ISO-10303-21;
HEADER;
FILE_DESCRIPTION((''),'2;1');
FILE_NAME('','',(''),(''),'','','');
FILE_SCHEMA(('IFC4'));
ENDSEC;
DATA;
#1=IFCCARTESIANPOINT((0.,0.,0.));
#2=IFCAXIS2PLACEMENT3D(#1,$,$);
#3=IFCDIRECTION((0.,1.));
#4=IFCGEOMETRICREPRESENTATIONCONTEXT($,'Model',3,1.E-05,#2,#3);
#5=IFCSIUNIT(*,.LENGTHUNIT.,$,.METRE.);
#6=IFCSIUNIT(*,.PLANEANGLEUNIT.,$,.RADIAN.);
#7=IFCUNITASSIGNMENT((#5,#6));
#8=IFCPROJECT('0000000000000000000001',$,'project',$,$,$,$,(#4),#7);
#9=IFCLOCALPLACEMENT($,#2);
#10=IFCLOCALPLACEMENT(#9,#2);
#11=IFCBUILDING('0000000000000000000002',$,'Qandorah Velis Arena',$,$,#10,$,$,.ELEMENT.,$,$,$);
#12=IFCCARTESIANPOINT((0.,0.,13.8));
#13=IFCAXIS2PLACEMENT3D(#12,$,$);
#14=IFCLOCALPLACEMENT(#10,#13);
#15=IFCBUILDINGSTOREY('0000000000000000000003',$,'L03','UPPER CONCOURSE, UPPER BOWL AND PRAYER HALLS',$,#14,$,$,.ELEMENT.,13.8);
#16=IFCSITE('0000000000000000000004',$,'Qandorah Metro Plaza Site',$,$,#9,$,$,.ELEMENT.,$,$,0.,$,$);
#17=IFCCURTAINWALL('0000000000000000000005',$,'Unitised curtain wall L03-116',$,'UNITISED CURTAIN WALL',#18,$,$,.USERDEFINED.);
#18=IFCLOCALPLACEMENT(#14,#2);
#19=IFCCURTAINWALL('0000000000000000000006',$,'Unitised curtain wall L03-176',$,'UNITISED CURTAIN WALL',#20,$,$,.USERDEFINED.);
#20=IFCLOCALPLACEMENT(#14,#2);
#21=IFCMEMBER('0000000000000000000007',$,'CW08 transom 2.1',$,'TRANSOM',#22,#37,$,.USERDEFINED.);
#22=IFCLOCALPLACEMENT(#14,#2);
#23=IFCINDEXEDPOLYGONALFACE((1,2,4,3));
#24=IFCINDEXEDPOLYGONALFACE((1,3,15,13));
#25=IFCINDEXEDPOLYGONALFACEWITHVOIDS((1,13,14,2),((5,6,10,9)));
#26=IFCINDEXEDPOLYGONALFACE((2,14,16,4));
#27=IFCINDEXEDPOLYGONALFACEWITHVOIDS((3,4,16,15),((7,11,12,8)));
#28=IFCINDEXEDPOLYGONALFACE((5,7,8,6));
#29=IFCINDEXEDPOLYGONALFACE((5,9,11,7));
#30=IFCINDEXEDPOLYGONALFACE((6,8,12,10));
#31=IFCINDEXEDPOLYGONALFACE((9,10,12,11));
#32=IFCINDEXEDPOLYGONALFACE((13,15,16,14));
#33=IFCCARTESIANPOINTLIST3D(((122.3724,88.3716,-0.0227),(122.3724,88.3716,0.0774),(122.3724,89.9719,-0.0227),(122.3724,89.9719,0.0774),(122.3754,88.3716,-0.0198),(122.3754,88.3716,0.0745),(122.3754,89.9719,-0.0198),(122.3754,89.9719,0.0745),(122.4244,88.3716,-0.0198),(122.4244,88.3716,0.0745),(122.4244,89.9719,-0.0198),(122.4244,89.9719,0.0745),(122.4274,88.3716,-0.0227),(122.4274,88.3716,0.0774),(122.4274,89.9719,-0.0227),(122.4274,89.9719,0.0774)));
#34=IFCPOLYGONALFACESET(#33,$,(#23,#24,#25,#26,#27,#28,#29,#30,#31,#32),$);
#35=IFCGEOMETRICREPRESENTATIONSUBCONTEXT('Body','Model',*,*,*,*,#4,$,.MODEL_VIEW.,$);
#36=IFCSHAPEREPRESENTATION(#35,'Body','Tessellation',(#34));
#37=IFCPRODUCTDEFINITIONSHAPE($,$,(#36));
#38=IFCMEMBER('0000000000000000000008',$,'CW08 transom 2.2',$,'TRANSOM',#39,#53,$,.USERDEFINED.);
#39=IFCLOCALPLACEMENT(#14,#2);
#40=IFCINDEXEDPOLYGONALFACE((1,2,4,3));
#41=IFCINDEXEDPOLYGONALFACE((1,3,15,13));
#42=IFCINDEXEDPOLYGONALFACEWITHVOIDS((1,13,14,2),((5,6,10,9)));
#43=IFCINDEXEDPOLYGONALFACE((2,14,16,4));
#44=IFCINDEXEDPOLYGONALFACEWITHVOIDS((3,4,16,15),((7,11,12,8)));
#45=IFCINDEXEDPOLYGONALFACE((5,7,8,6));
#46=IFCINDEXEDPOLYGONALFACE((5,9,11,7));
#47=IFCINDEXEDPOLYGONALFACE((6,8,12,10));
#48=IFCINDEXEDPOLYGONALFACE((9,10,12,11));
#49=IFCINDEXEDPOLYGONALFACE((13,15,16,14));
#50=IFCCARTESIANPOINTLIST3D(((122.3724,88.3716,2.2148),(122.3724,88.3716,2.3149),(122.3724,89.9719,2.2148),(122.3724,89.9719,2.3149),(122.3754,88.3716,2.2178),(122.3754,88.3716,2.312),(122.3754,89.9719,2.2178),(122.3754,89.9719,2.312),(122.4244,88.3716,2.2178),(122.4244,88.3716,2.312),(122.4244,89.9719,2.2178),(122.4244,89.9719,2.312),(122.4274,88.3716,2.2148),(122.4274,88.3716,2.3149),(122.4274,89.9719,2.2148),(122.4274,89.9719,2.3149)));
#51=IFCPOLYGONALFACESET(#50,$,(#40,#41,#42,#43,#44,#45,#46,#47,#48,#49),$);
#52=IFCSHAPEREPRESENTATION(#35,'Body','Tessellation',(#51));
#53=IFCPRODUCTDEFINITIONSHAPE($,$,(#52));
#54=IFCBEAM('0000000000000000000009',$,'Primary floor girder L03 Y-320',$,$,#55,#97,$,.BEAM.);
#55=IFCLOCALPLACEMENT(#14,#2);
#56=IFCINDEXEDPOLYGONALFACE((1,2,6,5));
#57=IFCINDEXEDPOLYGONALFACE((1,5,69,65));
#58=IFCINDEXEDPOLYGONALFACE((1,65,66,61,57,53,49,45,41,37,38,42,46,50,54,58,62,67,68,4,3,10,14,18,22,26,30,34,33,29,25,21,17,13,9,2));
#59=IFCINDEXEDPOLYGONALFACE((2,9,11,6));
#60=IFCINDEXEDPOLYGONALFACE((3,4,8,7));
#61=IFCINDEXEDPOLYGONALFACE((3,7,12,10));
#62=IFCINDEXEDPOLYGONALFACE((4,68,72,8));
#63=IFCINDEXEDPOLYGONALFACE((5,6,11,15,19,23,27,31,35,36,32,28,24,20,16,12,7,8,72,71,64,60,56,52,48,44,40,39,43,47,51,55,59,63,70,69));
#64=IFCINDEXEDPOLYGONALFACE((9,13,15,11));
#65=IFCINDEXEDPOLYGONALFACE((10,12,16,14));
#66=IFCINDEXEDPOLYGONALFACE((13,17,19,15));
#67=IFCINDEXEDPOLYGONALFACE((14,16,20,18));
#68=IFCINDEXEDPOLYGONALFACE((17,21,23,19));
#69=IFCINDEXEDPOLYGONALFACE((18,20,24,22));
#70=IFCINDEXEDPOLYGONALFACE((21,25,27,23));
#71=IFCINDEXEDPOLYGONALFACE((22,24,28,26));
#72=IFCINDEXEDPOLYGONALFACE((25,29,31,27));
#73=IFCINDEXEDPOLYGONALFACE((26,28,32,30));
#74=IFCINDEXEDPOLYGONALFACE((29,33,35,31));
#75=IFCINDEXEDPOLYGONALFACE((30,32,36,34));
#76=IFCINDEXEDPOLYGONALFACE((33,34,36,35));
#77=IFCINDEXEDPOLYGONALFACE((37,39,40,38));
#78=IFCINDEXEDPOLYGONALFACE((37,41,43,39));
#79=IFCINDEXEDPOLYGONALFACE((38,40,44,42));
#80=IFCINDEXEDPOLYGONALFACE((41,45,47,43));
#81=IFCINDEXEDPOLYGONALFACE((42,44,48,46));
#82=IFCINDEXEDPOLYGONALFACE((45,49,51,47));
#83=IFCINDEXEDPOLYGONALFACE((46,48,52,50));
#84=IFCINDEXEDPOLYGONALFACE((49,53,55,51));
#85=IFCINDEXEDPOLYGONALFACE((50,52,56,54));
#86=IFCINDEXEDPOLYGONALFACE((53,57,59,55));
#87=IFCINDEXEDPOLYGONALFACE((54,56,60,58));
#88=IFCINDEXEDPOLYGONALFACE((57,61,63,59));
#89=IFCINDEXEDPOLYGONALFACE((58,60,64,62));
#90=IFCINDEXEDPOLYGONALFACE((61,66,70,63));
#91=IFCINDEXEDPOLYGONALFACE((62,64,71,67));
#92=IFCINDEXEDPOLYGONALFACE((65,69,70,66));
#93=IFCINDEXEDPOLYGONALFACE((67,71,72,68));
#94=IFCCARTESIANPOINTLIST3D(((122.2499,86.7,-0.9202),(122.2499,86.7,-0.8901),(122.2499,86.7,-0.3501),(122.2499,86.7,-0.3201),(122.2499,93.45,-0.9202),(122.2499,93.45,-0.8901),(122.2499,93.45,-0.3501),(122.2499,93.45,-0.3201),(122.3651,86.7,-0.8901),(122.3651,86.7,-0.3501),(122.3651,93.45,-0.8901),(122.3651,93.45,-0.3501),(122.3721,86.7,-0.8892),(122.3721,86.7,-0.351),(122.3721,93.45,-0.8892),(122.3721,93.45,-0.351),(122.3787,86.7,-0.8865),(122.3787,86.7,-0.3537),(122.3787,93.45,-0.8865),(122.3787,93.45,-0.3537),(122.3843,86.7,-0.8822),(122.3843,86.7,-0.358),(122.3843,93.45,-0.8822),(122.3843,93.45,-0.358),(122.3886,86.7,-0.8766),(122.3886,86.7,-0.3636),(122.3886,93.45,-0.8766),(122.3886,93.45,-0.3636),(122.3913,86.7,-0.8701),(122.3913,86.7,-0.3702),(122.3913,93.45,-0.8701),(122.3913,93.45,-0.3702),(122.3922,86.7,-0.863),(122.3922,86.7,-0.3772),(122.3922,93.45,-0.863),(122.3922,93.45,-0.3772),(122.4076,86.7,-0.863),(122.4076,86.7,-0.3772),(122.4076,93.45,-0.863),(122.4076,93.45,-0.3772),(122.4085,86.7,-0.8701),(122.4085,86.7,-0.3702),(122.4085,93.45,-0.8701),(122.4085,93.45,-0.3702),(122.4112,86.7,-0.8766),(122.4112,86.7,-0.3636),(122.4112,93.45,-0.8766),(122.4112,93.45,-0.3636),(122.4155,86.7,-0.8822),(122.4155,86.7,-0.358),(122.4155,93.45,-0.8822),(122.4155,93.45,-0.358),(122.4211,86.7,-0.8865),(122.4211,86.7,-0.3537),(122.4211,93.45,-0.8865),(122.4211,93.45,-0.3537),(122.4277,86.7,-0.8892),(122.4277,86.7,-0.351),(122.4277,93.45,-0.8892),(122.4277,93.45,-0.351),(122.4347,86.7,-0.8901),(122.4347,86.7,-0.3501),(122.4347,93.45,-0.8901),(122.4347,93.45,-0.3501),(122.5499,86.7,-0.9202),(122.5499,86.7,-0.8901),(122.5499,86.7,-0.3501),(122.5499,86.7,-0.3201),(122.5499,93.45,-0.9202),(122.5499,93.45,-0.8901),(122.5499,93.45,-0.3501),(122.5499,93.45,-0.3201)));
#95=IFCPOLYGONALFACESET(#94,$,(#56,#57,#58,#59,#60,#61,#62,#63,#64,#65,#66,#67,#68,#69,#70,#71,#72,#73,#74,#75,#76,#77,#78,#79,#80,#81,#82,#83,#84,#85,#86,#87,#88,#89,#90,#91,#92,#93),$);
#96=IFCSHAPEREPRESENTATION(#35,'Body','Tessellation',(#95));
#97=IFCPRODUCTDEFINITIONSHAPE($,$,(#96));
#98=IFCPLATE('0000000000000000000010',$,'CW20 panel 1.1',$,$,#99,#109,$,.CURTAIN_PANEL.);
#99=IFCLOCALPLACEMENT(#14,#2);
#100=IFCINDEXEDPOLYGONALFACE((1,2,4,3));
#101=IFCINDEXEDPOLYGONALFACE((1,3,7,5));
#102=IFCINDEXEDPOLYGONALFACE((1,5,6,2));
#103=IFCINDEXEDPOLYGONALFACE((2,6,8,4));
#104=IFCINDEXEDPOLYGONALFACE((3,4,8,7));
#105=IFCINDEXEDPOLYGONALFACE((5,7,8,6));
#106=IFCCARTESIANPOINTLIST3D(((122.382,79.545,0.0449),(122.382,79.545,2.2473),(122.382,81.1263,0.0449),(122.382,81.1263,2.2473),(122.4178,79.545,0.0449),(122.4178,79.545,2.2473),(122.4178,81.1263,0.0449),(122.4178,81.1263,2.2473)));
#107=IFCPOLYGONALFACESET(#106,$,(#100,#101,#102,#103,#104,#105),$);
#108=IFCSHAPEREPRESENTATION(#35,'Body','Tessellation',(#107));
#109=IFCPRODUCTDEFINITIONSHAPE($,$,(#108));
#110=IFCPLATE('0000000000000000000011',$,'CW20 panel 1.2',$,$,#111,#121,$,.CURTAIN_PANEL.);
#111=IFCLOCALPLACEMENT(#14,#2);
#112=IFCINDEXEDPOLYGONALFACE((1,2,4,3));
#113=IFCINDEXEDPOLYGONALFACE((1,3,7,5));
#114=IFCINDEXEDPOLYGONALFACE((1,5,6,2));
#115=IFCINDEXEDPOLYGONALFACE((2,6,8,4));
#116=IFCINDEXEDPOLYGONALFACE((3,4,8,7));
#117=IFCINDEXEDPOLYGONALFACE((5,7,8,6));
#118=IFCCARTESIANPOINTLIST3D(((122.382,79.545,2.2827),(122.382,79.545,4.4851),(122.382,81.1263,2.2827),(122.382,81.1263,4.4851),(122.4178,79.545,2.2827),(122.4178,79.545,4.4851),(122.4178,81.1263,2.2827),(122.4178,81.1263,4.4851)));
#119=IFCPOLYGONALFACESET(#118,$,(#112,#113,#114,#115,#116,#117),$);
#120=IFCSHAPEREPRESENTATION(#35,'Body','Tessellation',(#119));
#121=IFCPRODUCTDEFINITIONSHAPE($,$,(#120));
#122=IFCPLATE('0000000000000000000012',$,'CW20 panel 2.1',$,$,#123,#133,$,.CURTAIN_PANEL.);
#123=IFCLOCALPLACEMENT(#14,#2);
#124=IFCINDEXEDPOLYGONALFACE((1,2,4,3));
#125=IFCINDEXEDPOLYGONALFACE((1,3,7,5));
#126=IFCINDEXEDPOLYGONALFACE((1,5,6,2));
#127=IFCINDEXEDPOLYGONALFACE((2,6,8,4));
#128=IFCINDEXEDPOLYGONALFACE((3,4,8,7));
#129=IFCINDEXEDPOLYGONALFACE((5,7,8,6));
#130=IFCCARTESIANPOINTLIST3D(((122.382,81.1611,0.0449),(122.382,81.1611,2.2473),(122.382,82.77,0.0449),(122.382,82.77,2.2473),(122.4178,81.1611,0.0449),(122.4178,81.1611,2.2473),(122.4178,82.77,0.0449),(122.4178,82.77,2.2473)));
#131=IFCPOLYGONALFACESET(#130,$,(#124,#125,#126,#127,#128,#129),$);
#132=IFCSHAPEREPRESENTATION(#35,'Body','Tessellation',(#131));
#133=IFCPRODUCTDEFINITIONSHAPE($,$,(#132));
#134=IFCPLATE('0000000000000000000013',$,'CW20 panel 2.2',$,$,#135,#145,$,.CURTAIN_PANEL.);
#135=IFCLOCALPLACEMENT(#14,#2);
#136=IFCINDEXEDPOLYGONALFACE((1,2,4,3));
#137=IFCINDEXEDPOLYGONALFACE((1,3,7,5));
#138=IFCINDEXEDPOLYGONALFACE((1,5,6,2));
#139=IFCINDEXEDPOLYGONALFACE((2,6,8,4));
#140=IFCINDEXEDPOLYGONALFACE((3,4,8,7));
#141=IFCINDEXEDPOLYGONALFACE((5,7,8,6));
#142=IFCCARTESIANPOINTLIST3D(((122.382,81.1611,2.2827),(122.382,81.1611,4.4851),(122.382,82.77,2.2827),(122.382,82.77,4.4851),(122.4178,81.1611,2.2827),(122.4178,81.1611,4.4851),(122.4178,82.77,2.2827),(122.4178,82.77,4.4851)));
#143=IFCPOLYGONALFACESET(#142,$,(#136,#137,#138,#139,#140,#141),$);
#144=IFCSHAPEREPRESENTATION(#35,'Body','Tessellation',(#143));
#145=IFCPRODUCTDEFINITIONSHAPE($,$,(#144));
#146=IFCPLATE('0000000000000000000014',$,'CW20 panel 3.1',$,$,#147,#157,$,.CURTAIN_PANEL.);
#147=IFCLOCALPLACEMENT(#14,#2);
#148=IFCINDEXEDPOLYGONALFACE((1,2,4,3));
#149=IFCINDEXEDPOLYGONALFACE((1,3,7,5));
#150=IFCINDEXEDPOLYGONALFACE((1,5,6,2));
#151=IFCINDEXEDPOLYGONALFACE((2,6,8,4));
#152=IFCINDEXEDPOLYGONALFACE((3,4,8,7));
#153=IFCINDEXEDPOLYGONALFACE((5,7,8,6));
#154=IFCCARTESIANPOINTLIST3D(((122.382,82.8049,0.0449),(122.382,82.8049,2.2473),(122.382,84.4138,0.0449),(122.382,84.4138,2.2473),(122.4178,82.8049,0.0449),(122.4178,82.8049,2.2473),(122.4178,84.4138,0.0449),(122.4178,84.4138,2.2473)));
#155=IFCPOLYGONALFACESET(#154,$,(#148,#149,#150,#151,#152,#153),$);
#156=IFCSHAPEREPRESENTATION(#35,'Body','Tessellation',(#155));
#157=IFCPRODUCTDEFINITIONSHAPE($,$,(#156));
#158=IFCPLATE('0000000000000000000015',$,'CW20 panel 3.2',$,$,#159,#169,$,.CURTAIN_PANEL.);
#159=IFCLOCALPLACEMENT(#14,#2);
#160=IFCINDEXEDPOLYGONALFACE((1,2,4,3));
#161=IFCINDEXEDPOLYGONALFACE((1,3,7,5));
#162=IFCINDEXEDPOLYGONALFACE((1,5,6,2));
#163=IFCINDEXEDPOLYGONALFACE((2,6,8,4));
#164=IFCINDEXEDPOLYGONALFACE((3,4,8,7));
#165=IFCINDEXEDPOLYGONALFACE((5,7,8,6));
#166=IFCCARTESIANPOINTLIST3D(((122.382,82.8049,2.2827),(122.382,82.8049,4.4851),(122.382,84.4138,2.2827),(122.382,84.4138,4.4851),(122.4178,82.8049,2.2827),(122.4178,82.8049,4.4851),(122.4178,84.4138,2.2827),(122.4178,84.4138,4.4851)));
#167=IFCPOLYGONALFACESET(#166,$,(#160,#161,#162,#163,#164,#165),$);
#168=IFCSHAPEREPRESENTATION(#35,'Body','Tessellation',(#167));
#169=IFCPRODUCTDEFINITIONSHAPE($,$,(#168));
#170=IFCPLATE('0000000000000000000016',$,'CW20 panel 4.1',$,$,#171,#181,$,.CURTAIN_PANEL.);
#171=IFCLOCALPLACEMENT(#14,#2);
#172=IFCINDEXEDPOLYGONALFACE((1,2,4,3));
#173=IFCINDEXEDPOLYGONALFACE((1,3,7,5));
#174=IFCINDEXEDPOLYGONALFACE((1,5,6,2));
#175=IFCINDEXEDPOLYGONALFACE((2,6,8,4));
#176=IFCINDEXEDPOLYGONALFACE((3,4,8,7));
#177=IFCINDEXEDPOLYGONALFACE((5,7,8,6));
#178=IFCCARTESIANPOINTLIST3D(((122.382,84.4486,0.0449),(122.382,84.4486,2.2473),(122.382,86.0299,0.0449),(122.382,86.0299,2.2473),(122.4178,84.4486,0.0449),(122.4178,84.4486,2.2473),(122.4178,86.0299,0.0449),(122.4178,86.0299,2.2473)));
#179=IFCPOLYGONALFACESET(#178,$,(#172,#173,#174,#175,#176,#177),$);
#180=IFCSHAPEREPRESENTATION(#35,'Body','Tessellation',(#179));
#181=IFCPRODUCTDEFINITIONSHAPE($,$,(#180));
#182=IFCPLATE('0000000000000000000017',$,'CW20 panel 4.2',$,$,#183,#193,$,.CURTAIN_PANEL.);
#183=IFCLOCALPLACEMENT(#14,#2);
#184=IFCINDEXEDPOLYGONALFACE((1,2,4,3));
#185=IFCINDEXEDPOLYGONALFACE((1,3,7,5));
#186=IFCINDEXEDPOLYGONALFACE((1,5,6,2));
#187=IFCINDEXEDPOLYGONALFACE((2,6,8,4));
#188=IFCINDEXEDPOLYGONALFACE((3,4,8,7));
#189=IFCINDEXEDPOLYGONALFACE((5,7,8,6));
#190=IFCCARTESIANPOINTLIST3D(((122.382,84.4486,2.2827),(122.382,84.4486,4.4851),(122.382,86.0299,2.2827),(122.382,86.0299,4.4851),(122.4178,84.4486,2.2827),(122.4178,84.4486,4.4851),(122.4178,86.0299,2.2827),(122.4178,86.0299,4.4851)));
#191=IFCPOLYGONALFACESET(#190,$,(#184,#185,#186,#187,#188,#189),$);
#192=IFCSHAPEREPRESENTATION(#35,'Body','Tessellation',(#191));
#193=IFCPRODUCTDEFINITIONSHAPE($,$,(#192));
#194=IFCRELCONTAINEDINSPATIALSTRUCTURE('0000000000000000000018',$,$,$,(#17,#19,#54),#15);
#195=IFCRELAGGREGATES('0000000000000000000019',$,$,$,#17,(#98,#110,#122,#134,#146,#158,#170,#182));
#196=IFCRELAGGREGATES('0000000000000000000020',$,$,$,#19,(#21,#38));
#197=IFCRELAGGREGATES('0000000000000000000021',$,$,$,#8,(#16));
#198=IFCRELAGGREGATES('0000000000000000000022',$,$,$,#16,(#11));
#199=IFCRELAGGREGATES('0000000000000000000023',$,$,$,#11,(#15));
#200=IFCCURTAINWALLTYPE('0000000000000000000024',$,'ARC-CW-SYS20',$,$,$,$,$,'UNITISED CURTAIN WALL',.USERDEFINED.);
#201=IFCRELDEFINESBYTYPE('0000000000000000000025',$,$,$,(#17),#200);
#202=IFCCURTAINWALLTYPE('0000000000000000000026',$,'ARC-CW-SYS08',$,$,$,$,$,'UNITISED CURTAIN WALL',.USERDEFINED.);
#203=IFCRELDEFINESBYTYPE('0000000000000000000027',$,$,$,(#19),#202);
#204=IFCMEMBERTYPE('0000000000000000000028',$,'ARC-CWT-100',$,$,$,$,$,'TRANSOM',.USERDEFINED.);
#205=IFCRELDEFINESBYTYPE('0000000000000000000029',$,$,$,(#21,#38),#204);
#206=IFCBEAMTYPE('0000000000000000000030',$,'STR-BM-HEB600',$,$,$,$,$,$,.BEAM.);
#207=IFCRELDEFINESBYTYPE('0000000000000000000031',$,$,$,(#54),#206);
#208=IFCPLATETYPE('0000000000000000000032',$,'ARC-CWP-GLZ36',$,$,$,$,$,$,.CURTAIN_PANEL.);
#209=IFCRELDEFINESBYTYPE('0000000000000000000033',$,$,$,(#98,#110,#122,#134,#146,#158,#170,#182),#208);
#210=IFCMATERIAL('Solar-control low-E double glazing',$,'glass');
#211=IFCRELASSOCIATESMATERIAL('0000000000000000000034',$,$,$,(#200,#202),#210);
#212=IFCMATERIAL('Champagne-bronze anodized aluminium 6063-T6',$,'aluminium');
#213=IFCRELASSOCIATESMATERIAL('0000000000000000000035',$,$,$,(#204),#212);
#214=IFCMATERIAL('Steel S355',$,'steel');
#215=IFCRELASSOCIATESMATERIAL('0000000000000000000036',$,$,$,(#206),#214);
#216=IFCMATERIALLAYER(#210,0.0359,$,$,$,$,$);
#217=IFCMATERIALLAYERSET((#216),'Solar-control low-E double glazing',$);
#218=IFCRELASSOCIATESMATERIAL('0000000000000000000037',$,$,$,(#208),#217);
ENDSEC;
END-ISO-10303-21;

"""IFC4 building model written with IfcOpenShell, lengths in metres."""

from ifc_helpers import new_model, si_unit, direction, frame, origin, origin_2d, place, context, subcontext, project, spatial, rectangle, hollow_rectangle, i_section, extrude, material, layer, layer_set, material_profile, profile_set, type_object, element, aggregate, save


model = new_model("IFC4")

# Units and contexts
model_context = context("Model", 3, precision=1e-05, world=origin(), true_north=direction((0.0, 1.0)))
body_context = subcontext(model_context, "Body", "Model", "MODEL_VIEW")
ifc_project = project(units=[si_unit("LENGTHUNIT", "METRE"), si_unit("PLANEANGLEUNIT", "RADIAN")], contexts=[model_context])

# Site, building, storey
site_placement = place(None, origin())
site = spatial("IfcSite", under=ifc_project, at=site_placement, Name="Qandorah Metro Plaza Site", CompositionType="ELEMENT", RefElevation=0.0)
building_placement = place(site_placement, origin())
building = spatial("IfcBuilding", under=site, at=building_placement, Name="Qandorah Velis Arena", CompositionType="ELEMENT")
storey_placement = place(building_placement, frame((0.0, 0.0, 13.8)))
storey = spatial("IfcBuildingStorey", under=building, at=storey_placement, Name="L03", Description="UPPER CONCOURSE, UPPER BOWL AND PRAYER HALLS", CompositionType="ELEMENT", Elevation=13.8)

# Curtain walls
ifc_material_1 = material(Name="Solar-control low-E double glazing", Category="glass")
curtain_wall_type_1 = type_object("IfcCurtainWallType", Name="ARC-CW-SYS20", ElementType="UNITISED CURTAIN WALL", PredefinedType="USERDEFINED", material=ifc_material_1)
curtain_wall_1_placement = place(storey_placement, origin())
curtain_wall_1 = element("IfcCurtainWall", 1, at=curtain_wall_1_placement, inside=storey, type_object=curtain_wall_type_1, Name="Unitised curtain wall L03-116", ObjectType="UNITISED CURTAIN WALL", PredefinedType="USERDEFINED")
ifc_material_2 = material(Name="Champagne-bronze anodized aluminium 6063-T6", Category="aluminium")
curtain_wall_type_2 = type_object("IfcCurtainWallType", Name="ARC-CW-SYS08", ElementType="UNITISED CURTAIN WALL", PredefinedType="USERDEFINED", material=ifc_material_1)
curtain_wall_2_placement = place(storey_placement, origin())
curtain_wall_2 = element("IfcCurtainWall", 2, at=curtain_wall_2_placement, inside=storey, type_object=curtain_wall_type_2, Name="Unitised curtain wall L03-176", ObjectType="UNITISED CURTAIN WALL", PredefinedType="USERDEFINED")

# Members
ifc_material_profile_1 = material_profile(ifc_material_2, hollow_rectangle(XDim=0.0549, YDim=0.1001, WallThickness=0.0029, at=origin_2d()), Name="ALU TRANSOM 55x100")
ifc_profile_set_1 = profile_set([ifc_material_profile_1], Name="Champagne-bronze anodized aluminium 6063-T6")
member_type_1 = type_object("IfcMemberType", Name="ARC-CWT-100", ElementType="TRANSOM", PredefinedType="USERDEFINED", material=ifc_profile_set_1)
member_1_placement = place(storey_placement, frame((122.3999, 88.3716, 0.0273), z_axis=(0.0, 1.0, 0.0), x_axis=(-1.0, 0.0, 0.0)))
member_1 = element("IfcMember", 3, at=member_1_placement, type_object=member_type_1, Name="CW08 transom 2.1", ObjectType="TRANSOM", PredefinedType="USERDEFINED", context=body_context, shape_type="SweptSolid", body=[
    extrude(hollow_rectangle(XDim=0.0549, YDim=0.1001, WallThickness=0.0029, at=origin_2d()), origin(), (0.0, 0.0, 1.0), 1.6003),
])
member_2_placement = place(storey_placement, frame((122.3999, 88.3716, 2.2649), z_axis=(0.0, 1.0, 0.0), x_axis=(-1.0, 0.0, 0.0)))
member_2 = element("IfcMember", 4, at=member_2_placement, type_object=member_type_1, Name="CW08 transom 2.2", ObjectType="TRANSOM", PredefinedType="USERDEFINED", context=body_context, shape_type="SweptSolid", body=[
    extrude(hollow_rectangle(XDim=0.0549, YDim=0.1001, WallThickness=0.0029, at=origin_2d()), origin(), (0.0, 0.0, 1.0), 1.6003),
])

# Beam
ifc_material_3 = material(Name="Steel S355", Category="steel")
ifc_material_profile_2 = material_profile(ifc_material_3, i_section(OverallWidth=0.3, OverallDepth=0.6001, WebThickness=0.0154, FlangeThickness=0.03, FilletRadius=0.0271, at=origin_2d()), Name="HEB 600")
ifc_profile_set_2 = profile_set([ifc_material_profile_2], Name="Steel S355")
beam_type = type_object("IfcBeamType", Name="STR-BM-HEB600", PredefinedType="BEAM", material=ifc_profile_set_2)
beam_placement = place(storey_placement, frame((122.3999, 86.7, -0.6201), z_axis=(0.0, 1.0, 0.0), x_axis=(-1.0, 0.0, 0.0)))
element("IfcBeam", 5, at=beam_placement, inside=storey, type_object=beam_type, Name="Primary floor girder L03 Y-320", PredefinedType="BEAM", context=body_context, shape_type="SweptSolid", body=[
    extrude(i_section(OverallWidth=0.3, OverallDepth=0.6001, WebThickness=0.0154, FlangeThickness=0.03, FilletRadius=0.0271, at=origin_2d()), origin(), (0.0, 0.0, 1.0), 6.75),
])

# Plates
ifc_layer = layer(ifc_material_1, 0.0359)
ifc_layer_set = layer_set([ifc_layer], Name="Solar-control low-E double glazing")
plate_type = type_object("IfcPlateType", Name="ARC-CWP-GLZ36", PredefinedType="CURTAIN_PANEL", material=ifc_layer_set)
plate_1_placement = place(storey_placement, frame((122.3999, 80.3357, 0.0449), z_axis=(0.0, 0.0, 1.0), x_axis=(0.0, 1.0, 0.0)))
plate_1 = element("IfcPlate", 6, at=plate_1_placement, type_object=plate_type, Name="CW20 panel 1.1", PredefinedType="CURTAIN_PANEL", context=body_context, shape_type="SweptSolid", body=[
    extrude(rectangle(XDim=1.5813, YDim=0.0359, at=origin_2d()), origin(), (0.0, 0.0, 1.0), 2.2024),
])
plate_2_placement = place(storey_placement, frame((122.3999, 80.3357, 2.2827), z_axis=(0.0, 0.0, 1.0), x_axis=(0.0, 1.0, 0.0)))
plate_2 = element("IfcPlate", 7, at=plate_2_placement, type_object=plate_type, Name="CW20 panel 1.2", PredefinedType="CURTAIN_PANEL", context=body_context, shape_type="SweptSolid", body=[
    extrude(rectangle(XDim=1.5813, YDim=0.0359, at=origin_2d()), origin(), (0.0, 0.0, 1.0), 2.2024),
])
plate_3_placement = place(storey_placement, frame((122.3999, 81.9656, 0.0449), z_axis=(0.0, 0.0, 1.0), x_axis=(0.0, 1.0, 0.0)))
plate_3 = element("IfcPlate", 8, at=plate_3_placement, type_object=plate_type, Name="CW20 panel 2.1", PredefinedType="CURTAIN_PANEL", context=body_context, shape_type="SweptSolid", body=[
    extrude(rectangle(XDim=1.6089, YDim=0.0359, at=origin_2d()), origin(), (0.0, 0.0, 1.0), 2.2024),
])
plate_4_placement = place(storey_placement, frame((122.3999, 81.9656, 2.2827), z_axis=(0.0, 0.0, 1.0), x_axis=(0.0, 1.0, 0.0)))
plate_4 = element("IfcPlate", 9, at=plate_4_placement, type_object=plate_type, Name="CW20 panel 2.2", PredefinedType="CURTAIN_PANEL", context=body_context, shape_type="SweptSolid", body=[
    extrude(rectangle(XDim=1.6089, YDim=0.0359, at=origin_2d()), origin(), (0.0, 0.0, 1.0), 2.2024),
])
plate_5_placement = place(storey_placement, frame((122.3999, 83.6094, 0.0449), z_axis=(0.0, 0.0, 1.0), x_axis=(0.0, 1.0, 0.0)))
plate_5 = element("IfcPlate", 10, at=plate_5_placement, type_object=plate_type, Name="CW20 panel 3.1", PredefinedType="CURTAIN_PANEL", context=body_context, shape_type="SweptSolid", body=[
    extrude(rectangle(XDim=1.6089, YDim=0.0359, at=origin_2d()), origin(), (0.0, 0.0, 1.0), 2.2024),
])
plate_6_placement = place(storey_placement, frame((122.3999, 83.6094, 2.2827), z_axis=(0.0, 0.0, 1.0), x_axis=(0.0, 1.0, 0.0)))
plate_6 = element("IfcPlate", 11, at=plate_6_placement, type_object=plate_type, Name="CW20 panel 3.2", PredefinedType="CURTAIN_PANEL", context=body_context, shape_type="SweptSolid", body=[
    extrude(rectangle(XDim=1.6089, YDim=0.0359, at=origin_2d()), origin(), (0.0, 0.0, 1.0), 2.2024),
])
plate_7_placement = place(storey_placement, frame((122.3999, 85.2393, 0.0449), z_axis=(0.0, 0.0, 1.0), x_axis=(0.0, 1.0, 0.0)))
plate_7 = element("IfcPlate", 12, at=plate_7_placement, type_object=plate_type, Name="CW20 panel 4.1", PredefinedType="CURTAIN_PANEL", context=body_context, shape_type="SweptSolid", body=[
    extrude(rectangle(XDim=1.5813, YDim=0.0359, at=origin_2d()), origin(), (0.0, 0.0, 1.0), 2.2024),
])
plate_8_placement = place(storey_placement, frame((122.3999, 85.2393, 2.2827), z_axis=(0.0, 0.0, 1.0), x_axis=(0.0, 1.0, 0.0)))
plate_8 = element("IfcPlate", 13, at=plate_8_placement, type_object=plate_type, Name="CW20 panel 4.2", PredefinedType="CURTAIN_PANEL", context=body_context, shape_type="SweptSolid", body=[
    extrude(rectangle(XDim=1.5813, YDim=0.0359, at=origin_2d()), origin(), (0.0, 0.0, 1.0), 2.2024),
])
aggregate(curtain_wall_1, [plate_1, plate_2, plate_3, plate_4, plate_5, plate_6, plate_7, plate_8])
aggregate(curtain_wall_2, [member_1, member_2])

save(model, "model.ifc")
